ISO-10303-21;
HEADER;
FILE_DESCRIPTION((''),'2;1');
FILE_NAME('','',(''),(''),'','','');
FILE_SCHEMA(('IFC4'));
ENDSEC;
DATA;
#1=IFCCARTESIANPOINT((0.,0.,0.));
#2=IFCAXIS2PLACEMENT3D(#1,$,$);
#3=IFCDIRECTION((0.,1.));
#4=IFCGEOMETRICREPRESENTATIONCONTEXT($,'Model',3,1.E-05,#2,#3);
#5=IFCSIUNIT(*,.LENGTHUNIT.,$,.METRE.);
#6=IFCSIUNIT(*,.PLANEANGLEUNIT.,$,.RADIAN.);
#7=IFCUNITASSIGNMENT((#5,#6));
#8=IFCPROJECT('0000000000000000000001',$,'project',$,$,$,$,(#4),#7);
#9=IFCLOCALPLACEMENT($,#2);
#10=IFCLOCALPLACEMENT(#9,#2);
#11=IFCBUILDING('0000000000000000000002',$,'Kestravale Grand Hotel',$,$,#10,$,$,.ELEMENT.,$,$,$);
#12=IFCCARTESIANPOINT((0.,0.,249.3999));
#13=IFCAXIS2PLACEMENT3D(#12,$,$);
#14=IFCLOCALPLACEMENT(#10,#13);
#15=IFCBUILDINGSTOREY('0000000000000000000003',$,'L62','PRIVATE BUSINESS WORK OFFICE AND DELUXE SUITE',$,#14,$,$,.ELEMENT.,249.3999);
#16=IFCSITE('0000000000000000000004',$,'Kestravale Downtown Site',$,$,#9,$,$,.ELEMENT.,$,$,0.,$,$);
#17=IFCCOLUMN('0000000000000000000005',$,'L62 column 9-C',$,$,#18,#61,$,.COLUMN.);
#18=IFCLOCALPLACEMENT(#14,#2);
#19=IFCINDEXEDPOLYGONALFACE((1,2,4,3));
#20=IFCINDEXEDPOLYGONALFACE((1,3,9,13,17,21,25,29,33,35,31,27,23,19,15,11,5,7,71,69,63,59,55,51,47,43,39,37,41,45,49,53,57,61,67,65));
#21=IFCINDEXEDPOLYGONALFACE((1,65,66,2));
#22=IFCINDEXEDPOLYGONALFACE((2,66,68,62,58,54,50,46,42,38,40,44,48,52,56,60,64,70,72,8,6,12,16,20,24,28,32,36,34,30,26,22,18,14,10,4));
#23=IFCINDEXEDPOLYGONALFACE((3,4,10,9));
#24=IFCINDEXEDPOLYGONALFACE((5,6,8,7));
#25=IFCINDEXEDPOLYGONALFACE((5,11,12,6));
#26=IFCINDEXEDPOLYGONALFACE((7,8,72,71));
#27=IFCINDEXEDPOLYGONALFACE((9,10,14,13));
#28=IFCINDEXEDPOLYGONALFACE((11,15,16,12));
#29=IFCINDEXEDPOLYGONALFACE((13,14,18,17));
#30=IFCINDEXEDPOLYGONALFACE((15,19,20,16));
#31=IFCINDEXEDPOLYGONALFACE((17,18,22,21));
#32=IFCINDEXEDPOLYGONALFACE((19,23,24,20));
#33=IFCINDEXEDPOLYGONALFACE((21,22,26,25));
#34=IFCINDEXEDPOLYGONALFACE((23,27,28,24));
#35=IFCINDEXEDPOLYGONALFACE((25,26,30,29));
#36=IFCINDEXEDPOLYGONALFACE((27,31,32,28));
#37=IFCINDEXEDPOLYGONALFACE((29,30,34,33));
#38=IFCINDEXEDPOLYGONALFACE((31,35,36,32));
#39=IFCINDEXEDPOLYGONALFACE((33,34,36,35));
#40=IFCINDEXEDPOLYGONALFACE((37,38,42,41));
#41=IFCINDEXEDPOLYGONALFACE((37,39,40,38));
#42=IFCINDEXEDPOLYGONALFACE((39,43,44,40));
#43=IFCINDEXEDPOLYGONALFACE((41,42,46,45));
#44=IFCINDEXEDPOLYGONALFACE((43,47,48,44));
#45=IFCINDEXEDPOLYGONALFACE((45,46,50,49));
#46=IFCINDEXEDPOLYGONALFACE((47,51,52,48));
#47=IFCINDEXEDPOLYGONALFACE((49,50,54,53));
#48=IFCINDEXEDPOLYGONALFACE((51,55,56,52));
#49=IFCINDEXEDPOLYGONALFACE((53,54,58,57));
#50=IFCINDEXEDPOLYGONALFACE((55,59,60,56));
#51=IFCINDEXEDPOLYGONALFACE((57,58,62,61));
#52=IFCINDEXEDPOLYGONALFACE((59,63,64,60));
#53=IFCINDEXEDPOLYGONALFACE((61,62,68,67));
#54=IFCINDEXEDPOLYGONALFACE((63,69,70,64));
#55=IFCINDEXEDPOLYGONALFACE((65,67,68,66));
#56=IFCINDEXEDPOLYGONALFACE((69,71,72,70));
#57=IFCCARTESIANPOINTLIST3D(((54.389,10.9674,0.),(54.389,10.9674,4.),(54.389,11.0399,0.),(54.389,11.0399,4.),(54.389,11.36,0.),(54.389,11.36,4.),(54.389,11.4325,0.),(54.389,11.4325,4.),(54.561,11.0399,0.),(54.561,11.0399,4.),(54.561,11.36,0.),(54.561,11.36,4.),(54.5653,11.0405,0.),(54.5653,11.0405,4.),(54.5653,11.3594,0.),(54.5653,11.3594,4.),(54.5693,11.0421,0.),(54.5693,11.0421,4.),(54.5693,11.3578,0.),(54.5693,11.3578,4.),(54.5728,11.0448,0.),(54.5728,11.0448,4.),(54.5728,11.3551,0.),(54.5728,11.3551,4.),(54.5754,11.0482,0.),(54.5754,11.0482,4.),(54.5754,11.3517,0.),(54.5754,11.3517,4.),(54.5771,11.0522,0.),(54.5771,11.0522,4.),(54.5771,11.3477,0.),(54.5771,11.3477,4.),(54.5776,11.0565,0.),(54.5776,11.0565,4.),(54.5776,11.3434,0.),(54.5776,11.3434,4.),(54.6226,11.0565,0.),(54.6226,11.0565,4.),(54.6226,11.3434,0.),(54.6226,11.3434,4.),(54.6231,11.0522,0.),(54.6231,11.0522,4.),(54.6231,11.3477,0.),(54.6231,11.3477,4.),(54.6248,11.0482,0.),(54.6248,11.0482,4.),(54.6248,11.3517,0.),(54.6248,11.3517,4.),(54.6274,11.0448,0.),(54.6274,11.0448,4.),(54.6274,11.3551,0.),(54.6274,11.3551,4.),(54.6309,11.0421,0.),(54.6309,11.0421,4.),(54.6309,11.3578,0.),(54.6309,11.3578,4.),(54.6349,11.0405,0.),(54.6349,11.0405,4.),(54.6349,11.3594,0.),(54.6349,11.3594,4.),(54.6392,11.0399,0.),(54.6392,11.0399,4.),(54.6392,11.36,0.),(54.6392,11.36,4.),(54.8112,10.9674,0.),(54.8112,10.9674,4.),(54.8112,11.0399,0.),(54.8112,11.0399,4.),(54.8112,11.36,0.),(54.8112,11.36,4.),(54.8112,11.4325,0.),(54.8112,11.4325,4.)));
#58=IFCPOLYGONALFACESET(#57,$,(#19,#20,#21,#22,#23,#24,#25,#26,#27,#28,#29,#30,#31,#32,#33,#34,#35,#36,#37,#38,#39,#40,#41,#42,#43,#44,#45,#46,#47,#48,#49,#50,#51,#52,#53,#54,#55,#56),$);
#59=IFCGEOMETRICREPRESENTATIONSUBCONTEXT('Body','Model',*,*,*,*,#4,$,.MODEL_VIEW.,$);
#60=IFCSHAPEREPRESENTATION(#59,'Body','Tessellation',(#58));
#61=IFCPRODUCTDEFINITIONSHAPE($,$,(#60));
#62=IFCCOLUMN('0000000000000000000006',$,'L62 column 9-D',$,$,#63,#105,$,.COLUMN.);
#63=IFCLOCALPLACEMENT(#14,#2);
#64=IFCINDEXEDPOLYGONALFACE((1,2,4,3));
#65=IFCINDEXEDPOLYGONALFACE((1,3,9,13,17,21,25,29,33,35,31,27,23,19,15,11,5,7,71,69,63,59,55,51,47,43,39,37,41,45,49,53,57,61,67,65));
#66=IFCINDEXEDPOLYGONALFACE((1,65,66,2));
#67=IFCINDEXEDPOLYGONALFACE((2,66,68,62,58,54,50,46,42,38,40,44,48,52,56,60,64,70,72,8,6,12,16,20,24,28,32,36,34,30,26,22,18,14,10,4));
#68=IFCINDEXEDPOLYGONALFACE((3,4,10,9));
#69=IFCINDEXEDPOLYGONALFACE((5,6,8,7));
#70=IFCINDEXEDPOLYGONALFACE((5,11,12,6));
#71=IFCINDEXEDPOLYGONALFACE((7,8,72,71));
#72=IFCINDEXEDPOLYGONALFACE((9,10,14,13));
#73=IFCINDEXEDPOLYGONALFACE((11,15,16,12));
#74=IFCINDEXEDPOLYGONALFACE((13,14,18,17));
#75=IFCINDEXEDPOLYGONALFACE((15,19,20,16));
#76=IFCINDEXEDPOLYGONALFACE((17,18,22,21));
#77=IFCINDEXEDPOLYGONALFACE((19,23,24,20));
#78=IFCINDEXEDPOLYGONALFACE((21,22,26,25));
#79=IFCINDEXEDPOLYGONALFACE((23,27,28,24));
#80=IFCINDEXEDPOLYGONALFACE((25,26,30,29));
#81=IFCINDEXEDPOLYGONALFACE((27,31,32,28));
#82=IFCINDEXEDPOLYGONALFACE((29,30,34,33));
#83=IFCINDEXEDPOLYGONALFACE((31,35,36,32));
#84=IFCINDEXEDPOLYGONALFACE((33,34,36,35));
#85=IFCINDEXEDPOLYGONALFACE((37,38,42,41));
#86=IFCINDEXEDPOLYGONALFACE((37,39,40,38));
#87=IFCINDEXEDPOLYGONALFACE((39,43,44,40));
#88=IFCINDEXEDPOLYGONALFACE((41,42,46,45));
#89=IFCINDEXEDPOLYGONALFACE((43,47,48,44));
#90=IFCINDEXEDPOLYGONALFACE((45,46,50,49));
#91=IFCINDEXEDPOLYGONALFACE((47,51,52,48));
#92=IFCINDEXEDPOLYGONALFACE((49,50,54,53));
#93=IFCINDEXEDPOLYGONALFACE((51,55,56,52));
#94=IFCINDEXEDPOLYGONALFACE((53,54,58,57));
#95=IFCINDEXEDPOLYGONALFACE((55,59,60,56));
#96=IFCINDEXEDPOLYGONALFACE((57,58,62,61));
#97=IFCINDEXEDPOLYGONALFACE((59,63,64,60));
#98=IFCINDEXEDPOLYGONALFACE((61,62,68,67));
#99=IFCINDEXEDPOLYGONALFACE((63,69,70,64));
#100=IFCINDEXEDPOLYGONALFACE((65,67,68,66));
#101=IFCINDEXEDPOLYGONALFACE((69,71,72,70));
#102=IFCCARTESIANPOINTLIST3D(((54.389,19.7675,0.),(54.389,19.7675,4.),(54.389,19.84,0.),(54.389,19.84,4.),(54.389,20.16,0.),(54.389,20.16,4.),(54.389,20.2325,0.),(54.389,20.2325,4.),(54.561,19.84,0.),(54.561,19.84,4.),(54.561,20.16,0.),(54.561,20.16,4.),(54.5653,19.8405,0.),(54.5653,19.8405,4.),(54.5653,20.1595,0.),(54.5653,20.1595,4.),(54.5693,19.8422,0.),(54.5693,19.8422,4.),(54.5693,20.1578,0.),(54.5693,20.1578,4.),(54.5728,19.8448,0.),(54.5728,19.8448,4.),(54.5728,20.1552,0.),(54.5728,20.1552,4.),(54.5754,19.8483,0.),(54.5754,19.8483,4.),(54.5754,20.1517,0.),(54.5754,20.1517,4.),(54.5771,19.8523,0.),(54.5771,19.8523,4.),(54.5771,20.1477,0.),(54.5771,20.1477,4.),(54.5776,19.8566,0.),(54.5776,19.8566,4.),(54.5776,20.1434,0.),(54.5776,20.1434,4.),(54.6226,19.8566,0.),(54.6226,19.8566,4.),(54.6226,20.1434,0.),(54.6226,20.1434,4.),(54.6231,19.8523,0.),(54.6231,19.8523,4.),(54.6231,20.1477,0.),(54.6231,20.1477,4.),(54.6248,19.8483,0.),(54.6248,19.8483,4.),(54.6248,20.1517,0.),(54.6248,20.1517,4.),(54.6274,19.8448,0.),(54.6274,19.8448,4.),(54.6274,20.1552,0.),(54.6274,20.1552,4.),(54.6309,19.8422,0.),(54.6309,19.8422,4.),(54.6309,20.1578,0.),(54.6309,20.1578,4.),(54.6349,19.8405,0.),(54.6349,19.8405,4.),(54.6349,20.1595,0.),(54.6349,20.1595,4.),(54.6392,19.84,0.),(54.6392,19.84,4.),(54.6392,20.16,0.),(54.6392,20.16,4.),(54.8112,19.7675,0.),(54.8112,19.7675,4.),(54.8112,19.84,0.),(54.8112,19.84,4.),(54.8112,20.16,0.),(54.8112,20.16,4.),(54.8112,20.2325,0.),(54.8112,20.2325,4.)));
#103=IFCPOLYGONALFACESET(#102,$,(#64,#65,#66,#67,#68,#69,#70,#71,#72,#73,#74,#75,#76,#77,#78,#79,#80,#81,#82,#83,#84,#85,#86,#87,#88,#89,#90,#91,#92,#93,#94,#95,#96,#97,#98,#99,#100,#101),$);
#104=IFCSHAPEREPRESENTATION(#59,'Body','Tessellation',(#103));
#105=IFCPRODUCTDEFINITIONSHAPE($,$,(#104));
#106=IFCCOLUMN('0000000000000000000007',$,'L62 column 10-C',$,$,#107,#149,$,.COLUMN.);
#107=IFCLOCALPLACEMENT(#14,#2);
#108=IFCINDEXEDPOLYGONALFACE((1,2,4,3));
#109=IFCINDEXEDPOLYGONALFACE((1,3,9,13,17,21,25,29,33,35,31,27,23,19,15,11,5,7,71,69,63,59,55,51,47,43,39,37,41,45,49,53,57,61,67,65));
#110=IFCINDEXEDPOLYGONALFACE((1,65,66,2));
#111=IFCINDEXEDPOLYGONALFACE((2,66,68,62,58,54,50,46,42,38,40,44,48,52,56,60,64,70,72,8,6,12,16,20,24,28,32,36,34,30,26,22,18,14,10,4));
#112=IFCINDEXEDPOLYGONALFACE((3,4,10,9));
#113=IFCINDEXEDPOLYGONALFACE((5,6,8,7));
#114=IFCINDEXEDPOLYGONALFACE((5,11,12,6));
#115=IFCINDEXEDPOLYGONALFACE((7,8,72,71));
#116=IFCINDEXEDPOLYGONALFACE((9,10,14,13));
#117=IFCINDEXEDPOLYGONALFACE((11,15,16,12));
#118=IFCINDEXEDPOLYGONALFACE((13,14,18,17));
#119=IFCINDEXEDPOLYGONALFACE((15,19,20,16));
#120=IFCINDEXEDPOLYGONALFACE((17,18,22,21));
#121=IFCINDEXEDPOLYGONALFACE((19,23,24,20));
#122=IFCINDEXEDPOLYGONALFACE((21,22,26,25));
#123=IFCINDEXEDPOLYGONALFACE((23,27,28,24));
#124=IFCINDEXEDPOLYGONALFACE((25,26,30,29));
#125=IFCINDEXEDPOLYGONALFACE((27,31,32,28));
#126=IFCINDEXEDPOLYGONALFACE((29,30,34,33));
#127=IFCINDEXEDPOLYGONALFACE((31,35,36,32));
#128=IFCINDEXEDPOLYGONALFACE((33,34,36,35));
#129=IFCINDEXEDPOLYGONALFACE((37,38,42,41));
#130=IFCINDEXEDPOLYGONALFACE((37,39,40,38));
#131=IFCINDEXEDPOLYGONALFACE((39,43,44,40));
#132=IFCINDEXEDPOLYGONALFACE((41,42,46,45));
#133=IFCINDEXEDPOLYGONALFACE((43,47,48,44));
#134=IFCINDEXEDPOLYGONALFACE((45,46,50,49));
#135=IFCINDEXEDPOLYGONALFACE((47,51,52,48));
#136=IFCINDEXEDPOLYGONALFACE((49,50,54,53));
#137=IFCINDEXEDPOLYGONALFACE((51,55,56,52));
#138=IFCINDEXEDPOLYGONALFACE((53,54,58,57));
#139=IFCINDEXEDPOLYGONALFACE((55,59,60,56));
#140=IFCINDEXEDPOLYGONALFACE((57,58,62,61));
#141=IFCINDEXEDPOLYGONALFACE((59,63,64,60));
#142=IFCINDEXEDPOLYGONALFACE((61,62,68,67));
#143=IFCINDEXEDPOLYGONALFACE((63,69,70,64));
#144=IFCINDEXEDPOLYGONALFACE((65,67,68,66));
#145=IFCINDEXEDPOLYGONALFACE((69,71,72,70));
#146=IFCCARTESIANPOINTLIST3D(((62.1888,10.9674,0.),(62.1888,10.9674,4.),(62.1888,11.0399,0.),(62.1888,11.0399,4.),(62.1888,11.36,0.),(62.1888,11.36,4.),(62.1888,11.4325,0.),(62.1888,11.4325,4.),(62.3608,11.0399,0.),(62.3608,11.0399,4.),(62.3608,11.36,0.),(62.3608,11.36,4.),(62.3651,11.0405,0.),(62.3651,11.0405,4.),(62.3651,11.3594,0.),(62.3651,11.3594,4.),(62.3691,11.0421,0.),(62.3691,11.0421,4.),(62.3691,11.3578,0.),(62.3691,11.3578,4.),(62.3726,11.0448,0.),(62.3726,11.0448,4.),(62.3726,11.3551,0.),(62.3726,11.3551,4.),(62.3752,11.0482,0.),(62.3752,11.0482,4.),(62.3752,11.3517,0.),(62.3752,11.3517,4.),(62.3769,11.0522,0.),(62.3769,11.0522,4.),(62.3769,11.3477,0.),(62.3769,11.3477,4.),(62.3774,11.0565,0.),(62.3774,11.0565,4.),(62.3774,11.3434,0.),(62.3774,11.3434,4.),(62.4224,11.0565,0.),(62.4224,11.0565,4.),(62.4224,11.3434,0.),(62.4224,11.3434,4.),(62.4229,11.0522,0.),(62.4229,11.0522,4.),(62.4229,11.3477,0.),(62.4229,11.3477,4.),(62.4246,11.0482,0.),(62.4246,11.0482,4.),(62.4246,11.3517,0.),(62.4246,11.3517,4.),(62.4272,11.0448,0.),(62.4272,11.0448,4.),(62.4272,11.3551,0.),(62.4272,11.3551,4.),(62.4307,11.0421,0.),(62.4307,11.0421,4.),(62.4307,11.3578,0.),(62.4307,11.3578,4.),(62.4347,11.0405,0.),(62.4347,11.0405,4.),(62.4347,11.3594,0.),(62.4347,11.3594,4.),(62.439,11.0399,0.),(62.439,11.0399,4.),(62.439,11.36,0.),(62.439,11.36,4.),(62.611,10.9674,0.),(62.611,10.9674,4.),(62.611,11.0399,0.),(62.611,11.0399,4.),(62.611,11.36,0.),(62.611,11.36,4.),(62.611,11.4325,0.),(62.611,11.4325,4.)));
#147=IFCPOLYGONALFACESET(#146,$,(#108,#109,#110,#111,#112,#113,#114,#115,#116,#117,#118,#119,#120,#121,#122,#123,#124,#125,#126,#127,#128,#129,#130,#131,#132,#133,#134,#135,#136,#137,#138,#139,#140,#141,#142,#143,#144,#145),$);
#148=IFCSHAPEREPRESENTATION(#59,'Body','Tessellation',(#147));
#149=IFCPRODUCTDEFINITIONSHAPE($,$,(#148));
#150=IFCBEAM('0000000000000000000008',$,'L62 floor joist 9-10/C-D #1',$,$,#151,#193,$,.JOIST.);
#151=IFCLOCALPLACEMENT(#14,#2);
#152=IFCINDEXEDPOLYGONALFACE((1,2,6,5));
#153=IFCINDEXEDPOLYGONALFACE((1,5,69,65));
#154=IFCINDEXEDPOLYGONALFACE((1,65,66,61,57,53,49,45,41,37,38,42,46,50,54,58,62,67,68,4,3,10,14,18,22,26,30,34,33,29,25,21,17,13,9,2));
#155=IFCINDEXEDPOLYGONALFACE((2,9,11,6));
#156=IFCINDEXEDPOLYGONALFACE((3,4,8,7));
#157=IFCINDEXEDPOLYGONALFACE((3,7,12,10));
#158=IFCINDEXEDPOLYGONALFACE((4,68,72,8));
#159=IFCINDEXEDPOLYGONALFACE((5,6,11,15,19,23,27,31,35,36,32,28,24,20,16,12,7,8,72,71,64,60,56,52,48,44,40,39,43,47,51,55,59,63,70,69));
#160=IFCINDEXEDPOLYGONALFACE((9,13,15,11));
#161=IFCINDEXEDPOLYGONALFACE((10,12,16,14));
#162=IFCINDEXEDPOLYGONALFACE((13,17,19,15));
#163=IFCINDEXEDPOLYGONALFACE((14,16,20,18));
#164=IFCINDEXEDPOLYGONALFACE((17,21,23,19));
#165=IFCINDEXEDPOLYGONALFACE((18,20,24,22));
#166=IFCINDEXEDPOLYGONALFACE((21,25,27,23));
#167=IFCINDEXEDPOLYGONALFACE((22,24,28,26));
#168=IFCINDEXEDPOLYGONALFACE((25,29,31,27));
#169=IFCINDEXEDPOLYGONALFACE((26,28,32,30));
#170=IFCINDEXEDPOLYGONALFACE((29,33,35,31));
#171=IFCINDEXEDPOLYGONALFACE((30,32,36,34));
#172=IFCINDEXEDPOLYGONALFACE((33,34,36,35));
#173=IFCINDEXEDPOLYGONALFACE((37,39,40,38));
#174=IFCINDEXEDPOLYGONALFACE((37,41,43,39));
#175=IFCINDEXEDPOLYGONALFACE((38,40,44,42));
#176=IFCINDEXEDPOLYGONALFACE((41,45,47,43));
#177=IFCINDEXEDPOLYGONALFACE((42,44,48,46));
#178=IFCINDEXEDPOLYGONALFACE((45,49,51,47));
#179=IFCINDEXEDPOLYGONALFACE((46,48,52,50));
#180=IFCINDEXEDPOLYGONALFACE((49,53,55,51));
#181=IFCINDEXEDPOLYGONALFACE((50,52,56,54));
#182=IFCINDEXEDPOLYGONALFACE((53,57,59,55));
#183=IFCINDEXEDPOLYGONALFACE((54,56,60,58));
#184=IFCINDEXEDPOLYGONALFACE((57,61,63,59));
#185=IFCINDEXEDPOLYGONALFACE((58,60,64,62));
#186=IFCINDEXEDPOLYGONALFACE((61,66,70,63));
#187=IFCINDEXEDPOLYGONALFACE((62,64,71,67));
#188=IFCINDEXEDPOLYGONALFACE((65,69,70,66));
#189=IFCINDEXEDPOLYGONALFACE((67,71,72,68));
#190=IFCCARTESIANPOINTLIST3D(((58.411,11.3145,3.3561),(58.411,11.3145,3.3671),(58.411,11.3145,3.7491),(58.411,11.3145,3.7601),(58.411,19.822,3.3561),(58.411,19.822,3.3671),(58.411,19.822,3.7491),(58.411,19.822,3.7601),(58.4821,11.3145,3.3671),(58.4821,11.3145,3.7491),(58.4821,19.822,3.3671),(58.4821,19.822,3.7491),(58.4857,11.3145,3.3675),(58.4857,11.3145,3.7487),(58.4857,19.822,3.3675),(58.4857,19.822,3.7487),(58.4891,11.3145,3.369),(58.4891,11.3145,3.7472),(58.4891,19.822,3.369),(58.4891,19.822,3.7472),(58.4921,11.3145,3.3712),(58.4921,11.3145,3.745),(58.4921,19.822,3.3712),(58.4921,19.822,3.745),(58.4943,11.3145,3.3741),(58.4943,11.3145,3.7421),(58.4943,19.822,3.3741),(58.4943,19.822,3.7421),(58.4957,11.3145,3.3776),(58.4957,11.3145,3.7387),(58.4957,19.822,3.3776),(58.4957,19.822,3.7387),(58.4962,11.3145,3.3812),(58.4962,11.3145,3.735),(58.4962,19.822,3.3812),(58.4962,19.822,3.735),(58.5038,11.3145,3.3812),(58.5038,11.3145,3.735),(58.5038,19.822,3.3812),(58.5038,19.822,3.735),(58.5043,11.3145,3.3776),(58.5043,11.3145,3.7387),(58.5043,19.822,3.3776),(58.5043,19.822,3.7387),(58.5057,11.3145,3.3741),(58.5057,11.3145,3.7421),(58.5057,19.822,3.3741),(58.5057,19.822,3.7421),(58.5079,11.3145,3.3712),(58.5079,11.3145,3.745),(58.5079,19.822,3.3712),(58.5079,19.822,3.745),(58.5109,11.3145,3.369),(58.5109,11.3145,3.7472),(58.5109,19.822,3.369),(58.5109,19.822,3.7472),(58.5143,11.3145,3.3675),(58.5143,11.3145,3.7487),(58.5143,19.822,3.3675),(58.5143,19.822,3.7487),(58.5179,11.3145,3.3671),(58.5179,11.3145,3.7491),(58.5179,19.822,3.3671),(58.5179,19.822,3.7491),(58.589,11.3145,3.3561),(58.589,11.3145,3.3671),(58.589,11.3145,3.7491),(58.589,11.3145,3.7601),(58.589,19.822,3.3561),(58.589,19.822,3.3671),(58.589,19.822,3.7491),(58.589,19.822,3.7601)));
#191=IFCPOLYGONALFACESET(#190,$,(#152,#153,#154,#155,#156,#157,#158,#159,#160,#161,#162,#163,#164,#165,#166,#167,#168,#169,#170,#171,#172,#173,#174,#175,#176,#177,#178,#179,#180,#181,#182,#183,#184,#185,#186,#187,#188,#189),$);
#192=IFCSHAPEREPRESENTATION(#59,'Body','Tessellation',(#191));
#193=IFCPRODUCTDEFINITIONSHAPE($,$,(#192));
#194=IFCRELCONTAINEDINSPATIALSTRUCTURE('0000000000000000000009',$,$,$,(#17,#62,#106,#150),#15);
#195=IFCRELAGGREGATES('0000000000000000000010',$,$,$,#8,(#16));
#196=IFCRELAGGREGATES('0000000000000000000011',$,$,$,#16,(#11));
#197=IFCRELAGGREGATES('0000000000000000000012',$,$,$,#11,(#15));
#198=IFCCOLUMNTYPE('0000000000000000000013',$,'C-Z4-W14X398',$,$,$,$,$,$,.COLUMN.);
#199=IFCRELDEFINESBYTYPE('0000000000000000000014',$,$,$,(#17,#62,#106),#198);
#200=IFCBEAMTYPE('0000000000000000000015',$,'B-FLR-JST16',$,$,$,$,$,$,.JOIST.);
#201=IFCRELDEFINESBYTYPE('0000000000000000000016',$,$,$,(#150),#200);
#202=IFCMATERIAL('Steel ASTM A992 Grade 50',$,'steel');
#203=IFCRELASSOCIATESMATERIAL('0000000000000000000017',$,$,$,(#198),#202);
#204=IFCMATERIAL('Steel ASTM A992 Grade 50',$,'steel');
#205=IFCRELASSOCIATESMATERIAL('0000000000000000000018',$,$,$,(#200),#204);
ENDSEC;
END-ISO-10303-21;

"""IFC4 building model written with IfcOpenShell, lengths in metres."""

from ifc_helpers import new_model, si_unit, direction, frame, origin, origin_2d, place, context, subcontext, project, spatial, i_section, extrude, material, material_profile, profile_set, type_object, element, save


model = new_model("IFC4")

# Units and contexts
model_context = context("Model", 3, precision=1e-05, world=origin(), true_north=direction((0.0, 1.0)))
body_context = subcontext(model_context, "Body", "Model", "MODEL_VIEW")
ifc_project = project(units=[si_unit("LENGTHUNIT", "METRE"), si_unit("PLANEANGLEUNIT", "RADIAN")], contexts=[model_context])

# Site, building, storey
site_placement = place(None, origin())
site = spatial("IfcSite", under=ifc_project, at=site_placement, Name="Kestravale Downtown Site", CompositionType="ELEMENT", RefElevation=0.0)
building_placement = place(site_placement, origin())
building = spatial("IfcBuilding", under=site, at=building_placement, Name="Kestravale Grand Hotel", CompositionType="ELEMENT")
storey_placement = place(building_placement, frame((0.0, 0.0, 249.3999)))
storey = spatial("IfcBuildingStorey", under=building, at=storey_placement, Name="L62", Description="PRIVATE BUSINESS WORK OFFICE AND DELUXE SUITE", CompositionType="ELEMENT", Elevation=249.3999)

# Columns
ifc_material_1 = material(Name="Steel ASTM A992 Grade 50", Category="steel")
ifc_material_profile_1 = material_profile(ifc_material_1, i_section(OverallWidth=0.4221, OverallDepth=0.4651, WebThickness=0.0449, FlangeThickness=0.0725, FilletRadius=0.0166, at=origin_2d()))
ifc_profile_set_1 = profile_set([ifc_material_profile_1], Name="Steel ASTM A992 Grade 50")
column_type = type_object("IfcColumnType", Name="C-Z4-W14X398", PredefinedType="COLUMN", material=ifc_profile_set_1)
for number, where, z_axis, x_axis, name in (
    (1, (54.6001, 11.2, 0.0), (0.0, 0.0, 1.0), (1.0, 0.0, 0.0), "L62 column 9-C"),
    (2, (54.6001, 20.0, 0.0), (0.0, 0.0, 1.0), (1.0, 0.0, 0.0), "L62 column 9-D"),
    (3, (62.3999, 11.2, 0.0), (0.0, 0.0, 1.0), (1.0, 0.0, 0.0), "L62 column 10-C"),
):
    element("IfcColumn", number, at=place(storey_placement, frame(where, z_axis=z_axis, x_axis=x_axis)), inside=storey, type_object=column_type, Name=name, PredefinedType="COLUMN", context=body_context, shape_type="SweptSolid", body=[
        extrude(i_section(OverallWidth=0.4221, OverallDepth=0.4651, WebThickness=0.0449, FlangeThickness=0.0725, FilletRadius=0.0166, at=origin_2d()), origin(), (0.0, 0.0, 1.0), 4.0),
    ])

# Beam
ifc_material_2 = material(Name="Steel ASTM A992 Grade 50", Category="steel")
ifc_material_profile_2 = material_profile(ifc_material_2, i_section(OverallWidth=0.178, OverallDepth=0.4041, WebThickness=0.0076, FlangeThickness=0.011, FilletRadius=0.0142, at=origin_2d()))
ifc_profile_set_2 = profile_set([ifc_material_profile_2], Name="Steel ASTM A992 Grade 50")
beam_type_1 = type_object("IfcBeamType", Name="B-FLR-JST16", PredefinedType="JOIST", material=ifc_profile_set_2)
beam_1_placement = place(storey_placement, frame((58.5, 11.3145, 3.5581), z_axis=(0.0, 1.0, 0.0), x_axis=(-1.0, 0.0, 0.0)))
element("IfcBeam", 4, at=beam_1_placement, inside=storey, type_object=beam_type_1, Name="L62 floor joist 9-10/C-D #1", PredefinedType="JOIST", context=body_context, shape_type="SweptSolid", body=[
    extrude(i_section(OverallWidth=0.178, OverallDepth=0.4041, WebThickness=0.0076, FlangeThickness=0.011, FilletRadius=0.0142, at=origin_2d()), origin(), (0.0, 0.0, 1.0), 8.5076),
])

save(model, "model.ifc")
